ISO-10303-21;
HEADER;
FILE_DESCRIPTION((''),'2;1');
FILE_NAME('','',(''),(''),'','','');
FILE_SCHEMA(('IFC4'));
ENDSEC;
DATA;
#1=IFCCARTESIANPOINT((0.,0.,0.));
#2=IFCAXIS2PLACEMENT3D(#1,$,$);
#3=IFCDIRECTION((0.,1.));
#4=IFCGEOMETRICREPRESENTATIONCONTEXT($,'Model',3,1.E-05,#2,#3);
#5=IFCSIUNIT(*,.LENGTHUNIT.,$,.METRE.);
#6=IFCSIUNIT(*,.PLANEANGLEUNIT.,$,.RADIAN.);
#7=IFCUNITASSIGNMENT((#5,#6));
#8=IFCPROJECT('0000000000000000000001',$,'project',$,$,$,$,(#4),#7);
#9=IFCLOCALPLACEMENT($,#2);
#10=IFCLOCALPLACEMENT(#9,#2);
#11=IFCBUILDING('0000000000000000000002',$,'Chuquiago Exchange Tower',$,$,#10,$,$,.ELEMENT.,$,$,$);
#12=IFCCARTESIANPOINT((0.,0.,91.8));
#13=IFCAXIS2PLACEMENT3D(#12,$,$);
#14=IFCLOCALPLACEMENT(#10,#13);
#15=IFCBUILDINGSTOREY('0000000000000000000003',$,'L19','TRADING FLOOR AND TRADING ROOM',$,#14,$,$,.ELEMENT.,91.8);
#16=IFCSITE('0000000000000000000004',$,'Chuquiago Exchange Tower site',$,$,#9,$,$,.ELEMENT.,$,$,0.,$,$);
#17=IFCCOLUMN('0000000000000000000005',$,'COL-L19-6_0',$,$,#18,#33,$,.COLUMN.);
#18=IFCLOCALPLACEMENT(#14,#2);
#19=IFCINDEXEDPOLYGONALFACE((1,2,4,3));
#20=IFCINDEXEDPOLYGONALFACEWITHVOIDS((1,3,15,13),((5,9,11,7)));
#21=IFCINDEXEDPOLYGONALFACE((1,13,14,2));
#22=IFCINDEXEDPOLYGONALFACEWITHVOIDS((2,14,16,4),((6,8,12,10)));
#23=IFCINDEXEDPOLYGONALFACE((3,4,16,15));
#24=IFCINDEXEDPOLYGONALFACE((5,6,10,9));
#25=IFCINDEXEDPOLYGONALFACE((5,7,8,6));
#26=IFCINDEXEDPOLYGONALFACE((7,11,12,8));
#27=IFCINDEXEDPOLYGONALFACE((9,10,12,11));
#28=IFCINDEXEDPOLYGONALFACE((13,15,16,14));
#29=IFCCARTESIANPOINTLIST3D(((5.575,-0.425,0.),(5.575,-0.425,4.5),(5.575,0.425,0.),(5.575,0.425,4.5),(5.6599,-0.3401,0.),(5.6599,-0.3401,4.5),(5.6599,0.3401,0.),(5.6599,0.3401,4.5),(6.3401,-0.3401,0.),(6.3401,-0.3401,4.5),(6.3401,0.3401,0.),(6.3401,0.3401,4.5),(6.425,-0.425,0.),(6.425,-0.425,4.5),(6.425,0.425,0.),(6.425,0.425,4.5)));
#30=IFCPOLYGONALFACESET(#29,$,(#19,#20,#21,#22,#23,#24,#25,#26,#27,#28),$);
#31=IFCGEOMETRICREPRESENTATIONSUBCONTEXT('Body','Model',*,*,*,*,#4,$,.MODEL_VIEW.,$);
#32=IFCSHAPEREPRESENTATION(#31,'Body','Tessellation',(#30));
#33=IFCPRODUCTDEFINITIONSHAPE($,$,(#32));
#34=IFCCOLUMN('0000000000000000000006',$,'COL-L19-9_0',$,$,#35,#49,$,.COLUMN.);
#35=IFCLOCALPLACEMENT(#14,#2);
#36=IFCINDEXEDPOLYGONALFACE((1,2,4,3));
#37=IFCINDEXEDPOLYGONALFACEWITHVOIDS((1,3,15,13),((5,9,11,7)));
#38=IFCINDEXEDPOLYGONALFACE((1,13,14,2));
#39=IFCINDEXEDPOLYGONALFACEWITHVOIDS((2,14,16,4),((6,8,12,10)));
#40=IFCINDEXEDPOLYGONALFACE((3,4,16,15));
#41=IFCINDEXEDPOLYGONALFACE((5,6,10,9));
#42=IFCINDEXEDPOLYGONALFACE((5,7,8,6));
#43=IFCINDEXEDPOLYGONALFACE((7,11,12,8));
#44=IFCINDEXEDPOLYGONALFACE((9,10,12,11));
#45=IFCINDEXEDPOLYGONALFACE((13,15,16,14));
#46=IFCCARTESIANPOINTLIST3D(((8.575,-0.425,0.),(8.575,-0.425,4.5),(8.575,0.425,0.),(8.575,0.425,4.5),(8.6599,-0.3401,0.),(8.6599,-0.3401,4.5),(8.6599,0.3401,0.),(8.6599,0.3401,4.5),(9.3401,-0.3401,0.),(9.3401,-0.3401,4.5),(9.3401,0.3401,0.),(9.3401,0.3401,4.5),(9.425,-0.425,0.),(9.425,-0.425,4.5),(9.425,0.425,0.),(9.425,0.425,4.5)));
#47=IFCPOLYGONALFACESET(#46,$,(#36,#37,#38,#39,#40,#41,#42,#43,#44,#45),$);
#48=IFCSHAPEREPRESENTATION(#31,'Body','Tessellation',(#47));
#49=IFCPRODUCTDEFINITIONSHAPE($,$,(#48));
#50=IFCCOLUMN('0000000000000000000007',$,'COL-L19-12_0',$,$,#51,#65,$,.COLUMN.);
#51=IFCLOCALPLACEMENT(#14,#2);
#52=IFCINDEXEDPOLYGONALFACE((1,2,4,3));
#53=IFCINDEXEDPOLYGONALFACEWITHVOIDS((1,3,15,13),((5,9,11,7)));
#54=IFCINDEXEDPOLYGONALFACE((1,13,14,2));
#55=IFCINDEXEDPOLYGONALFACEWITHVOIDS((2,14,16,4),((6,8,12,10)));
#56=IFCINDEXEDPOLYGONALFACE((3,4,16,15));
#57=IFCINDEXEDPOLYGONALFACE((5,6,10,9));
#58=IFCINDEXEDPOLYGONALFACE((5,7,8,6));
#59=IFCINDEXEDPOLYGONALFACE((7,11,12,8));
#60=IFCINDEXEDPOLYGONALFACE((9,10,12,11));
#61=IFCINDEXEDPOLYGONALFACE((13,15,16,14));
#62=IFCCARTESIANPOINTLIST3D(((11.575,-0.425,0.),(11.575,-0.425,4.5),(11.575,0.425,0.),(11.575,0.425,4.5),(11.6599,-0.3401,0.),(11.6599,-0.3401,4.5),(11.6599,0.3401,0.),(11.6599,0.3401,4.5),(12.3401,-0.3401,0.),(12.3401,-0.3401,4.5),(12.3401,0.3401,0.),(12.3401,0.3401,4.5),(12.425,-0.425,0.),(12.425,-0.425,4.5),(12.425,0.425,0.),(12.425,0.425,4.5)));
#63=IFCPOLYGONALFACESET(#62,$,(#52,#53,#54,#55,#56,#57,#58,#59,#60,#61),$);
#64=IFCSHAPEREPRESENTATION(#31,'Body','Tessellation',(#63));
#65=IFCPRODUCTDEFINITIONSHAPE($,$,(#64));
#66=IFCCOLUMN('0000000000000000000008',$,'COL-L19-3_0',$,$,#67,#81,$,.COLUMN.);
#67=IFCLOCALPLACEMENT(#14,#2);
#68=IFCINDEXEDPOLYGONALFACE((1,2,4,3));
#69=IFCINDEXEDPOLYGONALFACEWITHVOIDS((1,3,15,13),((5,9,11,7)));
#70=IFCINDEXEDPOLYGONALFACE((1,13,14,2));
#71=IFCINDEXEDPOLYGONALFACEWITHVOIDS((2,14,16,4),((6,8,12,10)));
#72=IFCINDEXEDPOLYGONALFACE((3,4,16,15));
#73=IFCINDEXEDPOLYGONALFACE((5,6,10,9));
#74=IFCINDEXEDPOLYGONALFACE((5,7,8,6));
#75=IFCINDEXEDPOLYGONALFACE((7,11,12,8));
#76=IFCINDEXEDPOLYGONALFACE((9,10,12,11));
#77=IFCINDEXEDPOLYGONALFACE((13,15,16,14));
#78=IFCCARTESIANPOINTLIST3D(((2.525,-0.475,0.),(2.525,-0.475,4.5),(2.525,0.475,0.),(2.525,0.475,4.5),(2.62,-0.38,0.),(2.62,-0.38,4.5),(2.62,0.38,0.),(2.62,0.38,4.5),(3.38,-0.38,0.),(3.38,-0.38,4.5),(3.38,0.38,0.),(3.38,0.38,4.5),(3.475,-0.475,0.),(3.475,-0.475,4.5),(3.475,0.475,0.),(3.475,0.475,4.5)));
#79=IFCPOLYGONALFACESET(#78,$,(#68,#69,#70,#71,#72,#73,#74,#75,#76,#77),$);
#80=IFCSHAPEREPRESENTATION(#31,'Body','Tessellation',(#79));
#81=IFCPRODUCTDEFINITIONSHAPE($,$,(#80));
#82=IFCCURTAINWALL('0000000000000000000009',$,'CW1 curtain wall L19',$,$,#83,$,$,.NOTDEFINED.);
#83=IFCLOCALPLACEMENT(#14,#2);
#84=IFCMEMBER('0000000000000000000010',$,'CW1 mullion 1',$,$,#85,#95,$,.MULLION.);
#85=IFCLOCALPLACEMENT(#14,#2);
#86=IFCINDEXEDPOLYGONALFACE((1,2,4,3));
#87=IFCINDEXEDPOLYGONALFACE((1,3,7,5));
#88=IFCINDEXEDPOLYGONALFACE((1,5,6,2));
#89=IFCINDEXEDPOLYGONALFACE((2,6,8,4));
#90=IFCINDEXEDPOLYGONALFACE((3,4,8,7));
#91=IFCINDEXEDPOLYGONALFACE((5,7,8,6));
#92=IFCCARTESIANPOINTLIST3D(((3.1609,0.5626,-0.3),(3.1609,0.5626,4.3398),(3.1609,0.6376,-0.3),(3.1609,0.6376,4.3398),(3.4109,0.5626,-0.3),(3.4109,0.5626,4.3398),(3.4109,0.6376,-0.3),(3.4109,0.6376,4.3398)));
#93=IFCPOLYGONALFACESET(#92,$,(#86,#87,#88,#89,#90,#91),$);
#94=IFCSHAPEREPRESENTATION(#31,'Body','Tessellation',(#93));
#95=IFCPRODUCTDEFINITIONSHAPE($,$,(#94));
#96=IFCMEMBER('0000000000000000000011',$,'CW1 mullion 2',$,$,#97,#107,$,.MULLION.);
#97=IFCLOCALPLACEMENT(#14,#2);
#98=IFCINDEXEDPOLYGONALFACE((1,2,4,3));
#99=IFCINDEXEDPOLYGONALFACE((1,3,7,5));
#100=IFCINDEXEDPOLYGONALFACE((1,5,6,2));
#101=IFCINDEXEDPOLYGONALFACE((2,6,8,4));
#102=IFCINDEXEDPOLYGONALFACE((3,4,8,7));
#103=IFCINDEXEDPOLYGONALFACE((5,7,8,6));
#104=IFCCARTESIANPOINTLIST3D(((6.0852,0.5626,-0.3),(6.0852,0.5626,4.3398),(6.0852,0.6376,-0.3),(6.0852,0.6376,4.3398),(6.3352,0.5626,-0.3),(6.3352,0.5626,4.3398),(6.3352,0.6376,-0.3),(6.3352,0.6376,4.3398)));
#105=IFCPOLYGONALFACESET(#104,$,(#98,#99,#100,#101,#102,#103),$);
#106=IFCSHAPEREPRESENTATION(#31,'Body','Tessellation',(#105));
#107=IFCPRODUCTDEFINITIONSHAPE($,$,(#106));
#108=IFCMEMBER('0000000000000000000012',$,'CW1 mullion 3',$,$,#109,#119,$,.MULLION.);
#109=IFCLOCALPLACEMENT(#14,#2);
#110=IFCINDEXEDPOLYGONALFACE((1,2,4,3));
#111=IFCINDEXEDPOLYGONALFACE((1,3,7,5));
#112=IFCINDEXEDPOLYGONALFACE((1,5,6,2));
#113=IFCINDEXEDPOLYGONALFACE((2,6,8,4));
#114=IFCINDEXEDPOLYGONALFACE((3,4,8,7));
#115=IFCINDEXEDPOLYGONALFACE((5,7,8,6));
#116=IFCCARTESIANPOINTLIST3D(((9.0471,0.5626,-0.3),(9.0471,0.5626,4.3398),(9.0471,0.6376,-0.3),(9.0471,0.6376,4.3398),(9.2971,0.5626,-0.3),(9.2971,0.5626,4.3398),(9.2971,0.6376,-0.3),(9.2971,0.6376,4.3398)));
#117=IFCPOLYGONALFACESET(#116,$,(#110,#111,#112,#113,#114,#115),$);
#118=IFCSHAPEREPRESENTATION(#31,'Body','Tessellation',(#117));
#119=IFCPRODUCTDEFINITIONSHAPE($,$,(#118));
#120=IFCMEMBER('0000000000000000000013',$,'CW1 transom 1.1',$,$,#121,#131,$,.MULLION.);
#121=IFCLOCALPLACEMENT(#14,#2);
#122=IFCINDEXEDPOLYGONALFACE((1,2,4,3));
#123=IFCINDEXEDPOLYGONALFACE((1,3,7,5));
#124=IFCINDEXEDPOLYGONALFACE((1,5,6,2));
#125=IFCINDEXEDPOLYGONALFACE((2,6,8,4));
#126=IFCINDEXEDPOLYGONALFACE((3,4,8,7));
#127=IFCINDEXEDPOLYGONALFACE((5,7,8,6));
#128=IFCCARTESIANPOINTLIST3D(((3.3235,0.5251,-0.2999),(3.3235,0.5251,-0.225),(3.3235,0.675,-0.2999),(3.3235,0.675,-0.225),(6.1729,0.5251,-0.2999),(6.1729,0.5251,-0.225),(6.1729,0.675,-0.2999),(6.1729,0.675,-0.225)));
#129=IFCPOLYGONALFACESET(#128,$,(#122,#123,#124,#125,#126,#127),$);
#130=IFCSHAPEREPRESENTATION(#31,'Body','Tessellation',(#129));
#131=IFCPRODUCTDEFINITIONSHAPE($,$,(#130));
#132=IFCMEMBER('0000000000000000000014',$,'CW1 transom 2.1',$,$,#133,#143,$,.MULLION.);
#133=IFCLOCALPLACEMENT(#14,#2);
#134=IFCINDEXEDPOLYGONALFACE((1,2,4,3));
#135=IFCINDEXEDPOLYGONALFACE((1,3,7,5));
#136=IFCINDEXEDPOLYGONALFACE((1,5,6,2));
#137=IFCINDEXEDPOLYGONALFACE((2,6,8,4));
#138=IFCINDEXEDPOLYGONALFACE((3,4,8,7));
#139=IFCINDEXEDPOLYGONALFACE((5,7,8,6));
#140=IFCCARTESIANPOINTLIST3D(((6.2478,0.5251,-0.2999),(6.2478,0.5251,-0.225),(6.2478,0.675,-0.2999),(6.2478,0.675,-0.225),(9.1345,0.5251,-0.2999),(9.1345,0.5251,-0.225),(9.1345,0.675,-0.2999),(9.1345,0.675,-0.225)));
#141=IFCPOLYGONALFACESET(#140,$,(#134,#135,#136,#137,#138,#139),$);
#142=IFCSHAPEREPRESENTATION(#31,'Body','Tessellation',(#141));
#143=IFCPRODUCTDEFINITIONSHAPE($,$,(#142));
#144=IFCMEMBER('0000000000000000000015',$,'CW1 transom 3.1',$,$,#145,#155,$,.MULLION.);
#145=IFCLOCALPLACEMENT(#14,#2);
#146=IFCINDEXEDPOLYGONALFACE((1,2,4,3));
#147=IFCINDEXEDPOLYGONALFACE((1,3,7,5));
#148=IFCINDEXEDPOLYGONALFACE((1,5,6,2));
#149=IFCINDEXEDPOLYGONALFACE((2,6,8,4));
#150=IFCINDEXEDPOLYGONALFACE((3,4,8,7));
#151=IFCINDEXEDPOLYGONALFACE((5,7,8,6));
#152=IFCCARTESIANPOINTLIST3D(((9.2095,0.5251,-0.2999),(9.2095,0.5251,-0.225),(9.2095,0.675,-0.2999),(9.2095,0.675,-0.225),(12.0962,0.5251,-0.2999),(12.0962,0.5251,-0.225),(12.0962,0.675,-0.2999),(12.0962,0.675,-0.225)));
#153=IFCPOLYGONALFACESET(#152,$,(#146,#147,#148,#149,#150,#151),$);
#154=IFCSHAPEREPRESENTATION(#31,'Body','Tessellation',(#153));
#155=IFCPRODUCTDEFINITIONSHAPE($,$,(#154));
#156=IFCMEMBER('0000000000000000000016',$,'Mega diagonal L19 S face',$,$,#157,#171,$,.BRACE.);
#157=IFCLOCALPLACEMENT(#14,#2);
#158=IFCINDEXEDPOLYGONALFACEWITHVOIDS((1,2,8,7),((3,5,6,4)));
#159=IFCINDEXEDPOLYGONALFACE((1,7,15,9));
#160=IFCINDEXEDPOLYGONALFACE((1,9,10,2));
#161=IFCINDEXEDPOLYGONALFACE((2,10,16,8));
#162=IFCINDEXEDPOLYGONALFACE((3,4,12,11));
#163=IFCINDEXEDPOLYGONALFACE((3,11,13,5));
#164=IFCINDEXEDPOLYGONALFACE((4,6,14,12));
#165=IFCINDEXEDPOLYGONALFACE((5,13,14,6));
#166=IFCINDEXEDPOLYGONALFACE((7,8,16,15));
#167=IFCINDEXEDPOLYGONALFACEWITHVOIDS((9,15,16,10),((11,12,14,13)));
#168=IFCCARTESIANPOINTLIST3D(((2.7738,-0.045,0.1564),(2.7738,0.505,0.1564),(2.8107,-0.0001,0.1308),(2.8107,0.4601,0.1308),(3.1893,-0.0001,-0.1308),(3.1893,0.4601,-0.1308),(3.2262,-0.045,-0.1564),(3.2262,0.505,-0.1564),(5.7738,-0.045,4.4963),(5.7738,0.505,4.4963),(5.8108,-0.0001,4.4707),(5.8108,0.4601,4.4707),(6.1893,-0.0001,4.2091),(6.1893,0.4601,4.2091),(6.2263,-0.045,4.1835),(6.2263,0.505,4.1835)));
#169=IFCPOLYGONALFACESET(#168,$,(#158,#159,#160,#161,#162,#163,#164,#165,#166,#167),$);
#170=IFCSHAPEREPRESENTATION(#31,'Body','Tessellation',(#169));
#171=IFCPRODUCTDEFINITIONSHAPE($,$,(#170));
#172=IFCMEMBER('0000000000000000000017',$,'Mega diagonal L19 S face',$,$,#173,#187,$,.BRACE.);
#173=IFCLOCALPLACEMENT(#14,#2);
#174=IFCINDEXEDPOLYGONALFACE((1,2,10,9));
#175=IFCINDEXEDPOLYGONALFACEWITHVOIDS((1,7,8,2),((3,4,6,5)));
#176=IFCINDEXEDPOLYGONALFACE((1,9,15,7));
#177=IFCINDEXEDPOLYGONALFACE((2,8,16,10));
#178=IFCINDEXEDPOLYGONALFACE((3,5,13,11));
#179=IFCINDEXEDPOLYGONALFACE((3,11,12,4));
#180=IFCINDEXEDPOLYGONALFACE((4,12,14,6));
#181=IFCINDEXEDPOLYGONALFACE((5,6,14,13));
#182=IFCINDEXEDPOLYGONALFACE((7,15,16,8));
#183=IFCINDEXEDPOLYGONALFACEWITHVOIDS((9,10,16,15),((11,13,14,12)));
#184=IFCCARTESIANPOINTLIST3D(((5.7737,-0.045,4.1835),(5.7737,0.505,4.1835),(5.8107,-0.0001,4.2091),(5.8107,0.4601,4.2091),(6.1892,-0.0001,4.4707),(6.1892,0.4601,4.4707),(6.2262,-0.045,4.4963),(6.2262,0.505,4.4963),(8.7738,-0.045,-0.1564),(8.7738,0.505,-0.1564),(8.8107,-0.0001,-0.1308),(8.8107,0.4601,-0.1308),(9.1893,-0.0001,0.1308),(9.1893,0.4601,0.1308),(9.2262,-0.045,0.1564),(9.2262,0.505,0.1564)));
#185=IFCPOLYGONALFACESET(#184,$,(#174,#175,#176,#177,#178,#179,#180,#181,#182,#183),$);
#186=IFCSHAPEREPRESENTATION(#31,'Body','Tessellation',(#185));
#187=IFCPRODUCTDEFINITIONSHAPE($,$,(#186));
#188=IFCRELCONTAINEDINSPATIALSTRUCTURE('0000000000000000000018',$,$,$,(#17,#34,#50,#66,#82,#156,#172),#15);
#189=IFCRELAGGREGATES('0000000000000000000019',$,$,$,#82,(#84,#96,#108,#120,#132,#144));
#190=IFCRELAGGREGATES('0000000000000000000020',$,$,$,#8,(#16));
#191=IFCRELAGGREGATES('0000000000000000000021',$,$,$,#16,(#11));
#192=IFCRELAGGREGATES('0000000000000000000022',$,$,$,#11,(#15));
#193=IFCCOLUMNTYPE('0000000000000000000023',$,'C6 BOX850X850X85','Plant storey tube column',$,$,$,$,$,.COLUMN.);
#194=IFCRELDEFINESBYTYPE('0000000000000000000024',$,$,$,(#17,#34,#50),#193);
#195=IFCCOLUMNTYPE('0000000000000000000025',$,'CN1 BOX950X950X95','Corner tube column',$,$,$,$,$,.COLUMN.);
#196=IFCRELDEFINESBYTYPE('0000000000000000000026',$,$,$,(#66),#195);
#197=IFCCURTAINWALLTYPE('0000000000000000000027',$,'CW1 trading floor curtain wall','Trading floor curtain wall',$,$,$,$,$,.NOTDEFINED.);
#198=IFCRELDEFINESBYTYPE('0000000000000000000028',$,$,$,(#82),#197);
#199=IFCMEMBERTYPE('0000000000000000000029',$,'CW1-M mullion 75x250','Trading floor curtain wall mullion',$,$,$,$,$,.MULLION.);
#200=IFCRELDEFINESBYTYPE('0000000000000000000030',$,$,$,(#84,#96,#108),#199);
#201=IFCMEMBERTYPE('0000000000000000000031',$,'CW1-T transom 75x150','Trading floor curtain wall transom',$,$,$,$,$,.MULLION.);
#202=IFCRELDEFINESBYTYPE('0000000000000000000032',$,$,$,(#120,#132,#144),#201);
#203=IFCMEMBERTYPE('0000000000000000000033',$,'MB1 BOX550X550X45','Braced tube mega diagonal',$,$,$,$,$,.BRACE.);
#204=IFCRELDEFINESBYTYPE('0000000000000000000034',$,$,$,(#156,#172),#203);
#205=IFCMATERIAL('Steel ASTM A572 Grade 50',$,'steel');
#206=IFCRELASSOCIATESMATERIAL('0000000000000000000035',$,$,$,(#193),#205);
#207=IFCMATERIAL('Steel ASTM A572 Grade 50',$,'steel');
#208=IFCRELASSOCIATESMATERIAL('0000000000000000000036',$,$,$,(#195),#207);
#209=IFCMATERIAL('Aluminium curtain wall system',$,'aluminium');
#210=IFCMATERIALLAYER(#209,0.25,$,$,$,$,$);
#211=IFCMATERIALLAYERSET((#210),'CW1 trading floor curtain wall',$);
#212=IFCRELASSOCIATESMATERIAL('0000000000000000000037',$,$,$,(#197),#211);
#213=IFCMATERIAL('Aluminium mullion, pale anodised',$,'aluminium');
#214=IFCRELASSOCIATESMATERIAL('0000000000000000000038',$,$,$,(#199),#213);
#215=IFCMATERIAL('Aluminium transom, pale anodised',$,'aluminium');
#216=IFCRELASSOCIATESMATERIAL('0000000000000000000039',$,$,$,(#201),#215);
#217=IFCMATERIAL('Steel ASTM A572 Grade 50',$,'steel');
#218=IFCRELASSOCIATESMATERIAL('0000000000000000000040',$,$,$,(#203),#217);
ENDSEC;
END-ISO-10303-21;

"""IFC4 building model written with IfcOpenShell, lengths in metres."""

from ifc_helpers import new_model, si_unit, direction, frame, origin, origin_2d, place, context, subcontext, project, spatial, rectangle, hollow_rectangle, extrude, material, layer, layer_set, material_profile, profile_set, type_object, element, aggregate, save


model = new_model("IFC4")

# Units and contexts
model_context = context("Model", 3, precision=1e-05, world=origin(), true_north=direction((0.0, 1.0)))
body_context = subcontext(model_context, "Body", "Model", "MODEL_VIEW")
ifc_project = project(units=[si_unit("LENGTHUNIT", "METRE"), si_unit("PLANEANGLEUNIT", "RADIAN")], contexts=[model_context])

# Site, building, storey
site_placement = place(None, origin())
site = spatial("IfcSite", under=ifc_project, at=site_placement, Name="Chuquiago Exchange Tower site", CompositionType="ELEMENT", RefElevation=0.0)
building_placement = place(site_placement, origin())
building = spatial("IfcBuilding", under=site, at=building_placement, Name="Chuquiago Exchange Tower", CompositionType="ELEMENT")
storey_placement = place(building_placement, frame((0.0, 0.0, 91.8)))
storey = spatial("IfcBuildingStorey", under=building, at=storey_placement, Name="L19", Description="TRADING FLOOR AND TRADING ROOM", CompositionType="ELEMENT", Elevation=91.8)

# Columns
ifc_material_1 = material(Name="Steel ASTM A572 Grade 50", Category="steel")
ifc_material_profile_1 = material_profile(ifc_material_1, hollow_rectangle(XDim=0.8501, YDim=0.8501, WallThickness=0.085, at=origin_2d()), Name="BOX850X850X85")
ifc_profile_set_1 = profile_set([ifc_material_profile_1], Name="Steel ASTM A572 Grade 50")
column_type_1 = type_object("IfcColumnType", Name="C6 BOX850X850X85", Description="Plant storey tube column", PredefinedType="COLUMN", material=ifc_profile_set_1)
for number, where, z_axis, x_axis, name in (
    (1, (6.0, 0.0, 0.0), (0.0, 0.0, 1.0), (0.0, -1.0, 0.0), "COL-L19-6_0"),
    (2, (9.0, 0.0, 0.0), (0.0, 0.0, 1.0), (0.0, -1.0, 0.0), "COL-L19-9_0"),
    (3, (12.0, 0.0, 0.0), (0.0, 0.0, 1.0), (0.0, -1.0, 0.0), "COL-L19-12_0"),
):
    element("IfcColumn", number, at=place(storey_placement, frame(where, z_axis=z_axis, x_axis=x_axis)), inside=storey, type_object=column_type_1, Name=name, PredefinedType="COLUMN", context=body_context, shape_type="SweptSolid", body=[
        extrude(hollow_rectangle(XDim=0.8501, YDim=0.8501, WallThickness=0.085, at=origin_2d()), origin(), (0.0, 0.0, 1.0), 4.5),
    ])
ifc_material_2 = material(Name="Steel ASTM A572 Grade 50", Category="steel")
ifc_material_profile_2 = material_profile(ifc_material_2, hollow_rectangle(XDim=0.95, YDim=0.95, WallThickness=0.095, at=origin_2d()), Name="BOX950X950X95")
ifc_profile_set_2 = profile_set([ifc_material_profile_2], Name="Steel ASTM A572 Grade 50")
column_type_2 = type_object("IfcColumnType", Name="CN1 BOX950X950X95", Description="Corner tube column", PredefinedType="COLUMN", material=ifc_profile_set_2)
column_placement = place(storey_placement, frame((3.0, 0.0, 0.0), z_axis=(0.0, 0.0, 1.0), x_axis=(0.0, -1.0, 0.0)))
element("IfcColumn", 4, at=column_placement, inside=storey, type_object=column_type_2, Name="COL-L19-3_0", PredefinedType="COLUMN", context=body_context, shape_type="SweptSolid", body=[
    extrude(hollow_rectangle(XDim=0.95, YDim=0.95, WallThickness=0.095, at=origin_2d()), origin(), (0.0, 0.0, 1.0), 4.5),
])

# Curtain wall, members
ifc_material_3 = material(Name="Aluminium curtain wall system", Category="aluminium")
ifc_layer_1 = layer(ifc_material_3, 0.25)
ifc_layer_set_1 = layer_set([ifc_layer_1], Name="CW1 trading floor curtain wall")
curtain_wall_type = type_object("IfcCurtainWallType", Name="CW1 trading floor curtain wall", Description="Trading floor curtain wall", PredefinedType="NOTDEFINED", material=ifc_layer_set_1)
curtain_wall_placement = place(storey_placement, origin())
curtain_wall = element("IfcCurtainWall", 5, at=curtain_wall_placement, inside=storey, type_object=curtain_wall_type, Name="CW1 curtain wall L19", PredefinedType="NOTDEFINED")
ifc_material_4 = material(Name="Aluminium mullion, pale anodised", Category="aluminium")
ifc_material_profile_3 = material_profile(ifc_material_4, rectangle(XDim=0.075, YDim=0.25, at=origin_2d()), Name="AL 75x250")
ifc_profile_set_3 = profile_set([ifc_material_profile_3], Name="Aluminium mullion, pale anodised")
member_type_1 = type_object("IfcMemberType", Name="CW1-M mullion 75x250", Description="Trading floor curtain wall mullion", PredefinedType="MULLION", material=ifc_profile_set_3)
member_1_placement = place(storey_placement, frame((3.2859, 0.6001, -0.3), z_axis=(0.0, 0.0, 1.0), x_axis=(0.0, 1.0, 0.0)))
member_1 = element("IfcMember", 6, at=member_1_placement, type_object=member_type_1, Name="CW1 mullion 1", PredefinedType="MULLION", context=body_context, shape_type="SweptSolid", body=[
    extrude(rectangle(XDim=0.075, YDim=0.25, at=origin_2d()), origin(), (0.0, 0.0, 1.0), 4.6399),
])
member_2_placement = place(storey_placement, frame((6.2102, 0.6001, -0.3), z_axis=(0.0, 0.0, 1.0), x_axis=(0.0, 1.0, 0.0)))
member_2 = element("IfcMember", 7, at=member_2_placement, type_object=member_type_1, Name="CW1 mullion 2", PredefinedType="MULLION", context=body_context, shape_type="SweptSolid", body=[
    extrude(rectangle(XDim=0.075, YDim=0.25, at=origin_2d()), origin(), (0.0, 0.0, 1.0), 4.6399),
])
member_3_placement = place(storey_placement, frame((9.1721, 0.6001, -0.3), z_axis=(0.0, 0.0, 1.0), x_axis=(0.0, 1.0, 0.0)))
member_3 = element("IfcMember", 8, at=member_3_placement, type_object=member_type_1, Name="CW1 mullion 3", PredefinedType="MULLION", context=body_context, shape_type="SweptSolid", body=[
    extrude(rectangle(XDim=0.075, YDim=0.25, at=origin_2d()), origin(), (0.0, 0.0, 1.0), 4.6399),
])
ifc_material_5 = material(Name="Aluminium transom, pale anodised", Category="aluminium")
ifc_material_profile_4 = material_profile(ifc_material_5, rectangle(XDim=0.1499, YDim=0.075, at=origin_2d()), Name="AL 150x75")
ifc_profile_set_4 = profile_set([ifc_material_profile_4], Name="Aluminium transom, pale anodised")
member_type_2 = type_object("IfcMemberType", Name="CW1-T transom 75x150", Description="Trading floor curtain wall transom", PredefinedType="MULLION", material=ifc_profile_set_4)
member_4_placement = place(storey_placement, frame((3.3235, 0.6001, -0.2625), z_axis=(1.0, 0.0, 0.0), x_axis=(0.0, 1.0, 0.0)))
member_4 = element("IfcMember", 9, at=member_4_placement, type_object=member_type_2, Name="CW1 transom 1.1", PredefinedType="MULLION", context=body_context, shape_type="SweptSolid", body=[
    extrude(rectangle(XDim=0.1499, YDim=0.075, at=origin_2d()), origin(), (0.0, 0.0, 1.0), 2.8494),
])
member_5_placement = place(storey_placement, frame((6.2478, 0.6001, -0.2625), z_axis=(1.0, 0.0, 0.0), x_axis=(0.0, 1.0, 0.0)))
member_5 = element("IfcMember", 10, at=member_5_placement, type_object=member_type_2, Name="CW1 transom 2.1", PredefinedType="MULLION", context=body_context, shape_type="SweptSolid", body=[
    extrude(rectangle(XDim=0.1499, YDim=0.075, at=origin_2d()), origin(), (0.0, 0.0, 1.0), 2.8867),
])
member_6_placement = place(storey_placement, frame((9.2095, 0.6001, -0.2625), z_axis=(1.0, 0.0, 0.0), x_axis=(0.0, 1.0, 0.0)))
member_6 = element("IfcMember", 11, at=member_6_placement, type_object=member_type_2, Name="CW1 transom 3.1", PredefinedType="MULLION", context=body_context, shape_type="SweptSolid", body=[
    extrude(rectangle(XDim=0.1499, YDim=0.075, at=origin_2d()), origin(), (0.0, 0.0, 1.0), 2.8867),
])

# Members
ifc_material_6 = material(Name="Steel ASTM A572 Grade 50", Category="steel")
ifc_material_profile_5 = material_profile(ifc_material_6, hollow_rectangle(XDim=0.55, YDim=0.55, WallThickness=0.0449, at=origin_2d()), Name="BOX550X550X45")
ifc_profile_set_5 = profile_set([ifc_material_profile_5], Name="Steel ASTM A572 Grade 50")
member_type_3 = type_object("IfcMemberType", Name="MB1 BOX550X550X45", Description="Braced tube mega diagonal", PredefinedType="BRACE", material=ifc_profile_set_5)
for number, where, z_axis, x_axis, name in (
    (12, (3.0, 0.23, 0.0), (0.568632, 0.0, 0.822592), (0.0, 1.0, 0.0), "Mega diagonal L19 S face"),
    (13, (9.0, 0.23, 0.0), (-0.568632, 0.0, 0.822592), (0.0, -1.0, 0.0), "Mega diagonal L19 S face"),
):
    element("IfcMember", number, at=place(storey_placement, frame(where, z_axis=z_axis, x_axis=x_axis)), inside=storey, type_object=member_type_3, Name=name, PredefinedType="BRACE", context=body_context, shape_type="SweptSolid", body=[
        extrude(hollow_rectangle(XDim=0.55, YDim=0.55, WallThickness=0.0449, at=origin_2d()), origin(), (0.0, 0.0, 1.0), 5.2759),
    ])

aggregate(curtain_wall, [member_1, member_2, member_3, member_4, member_5, member_6])

save(model, "model.ifc")
